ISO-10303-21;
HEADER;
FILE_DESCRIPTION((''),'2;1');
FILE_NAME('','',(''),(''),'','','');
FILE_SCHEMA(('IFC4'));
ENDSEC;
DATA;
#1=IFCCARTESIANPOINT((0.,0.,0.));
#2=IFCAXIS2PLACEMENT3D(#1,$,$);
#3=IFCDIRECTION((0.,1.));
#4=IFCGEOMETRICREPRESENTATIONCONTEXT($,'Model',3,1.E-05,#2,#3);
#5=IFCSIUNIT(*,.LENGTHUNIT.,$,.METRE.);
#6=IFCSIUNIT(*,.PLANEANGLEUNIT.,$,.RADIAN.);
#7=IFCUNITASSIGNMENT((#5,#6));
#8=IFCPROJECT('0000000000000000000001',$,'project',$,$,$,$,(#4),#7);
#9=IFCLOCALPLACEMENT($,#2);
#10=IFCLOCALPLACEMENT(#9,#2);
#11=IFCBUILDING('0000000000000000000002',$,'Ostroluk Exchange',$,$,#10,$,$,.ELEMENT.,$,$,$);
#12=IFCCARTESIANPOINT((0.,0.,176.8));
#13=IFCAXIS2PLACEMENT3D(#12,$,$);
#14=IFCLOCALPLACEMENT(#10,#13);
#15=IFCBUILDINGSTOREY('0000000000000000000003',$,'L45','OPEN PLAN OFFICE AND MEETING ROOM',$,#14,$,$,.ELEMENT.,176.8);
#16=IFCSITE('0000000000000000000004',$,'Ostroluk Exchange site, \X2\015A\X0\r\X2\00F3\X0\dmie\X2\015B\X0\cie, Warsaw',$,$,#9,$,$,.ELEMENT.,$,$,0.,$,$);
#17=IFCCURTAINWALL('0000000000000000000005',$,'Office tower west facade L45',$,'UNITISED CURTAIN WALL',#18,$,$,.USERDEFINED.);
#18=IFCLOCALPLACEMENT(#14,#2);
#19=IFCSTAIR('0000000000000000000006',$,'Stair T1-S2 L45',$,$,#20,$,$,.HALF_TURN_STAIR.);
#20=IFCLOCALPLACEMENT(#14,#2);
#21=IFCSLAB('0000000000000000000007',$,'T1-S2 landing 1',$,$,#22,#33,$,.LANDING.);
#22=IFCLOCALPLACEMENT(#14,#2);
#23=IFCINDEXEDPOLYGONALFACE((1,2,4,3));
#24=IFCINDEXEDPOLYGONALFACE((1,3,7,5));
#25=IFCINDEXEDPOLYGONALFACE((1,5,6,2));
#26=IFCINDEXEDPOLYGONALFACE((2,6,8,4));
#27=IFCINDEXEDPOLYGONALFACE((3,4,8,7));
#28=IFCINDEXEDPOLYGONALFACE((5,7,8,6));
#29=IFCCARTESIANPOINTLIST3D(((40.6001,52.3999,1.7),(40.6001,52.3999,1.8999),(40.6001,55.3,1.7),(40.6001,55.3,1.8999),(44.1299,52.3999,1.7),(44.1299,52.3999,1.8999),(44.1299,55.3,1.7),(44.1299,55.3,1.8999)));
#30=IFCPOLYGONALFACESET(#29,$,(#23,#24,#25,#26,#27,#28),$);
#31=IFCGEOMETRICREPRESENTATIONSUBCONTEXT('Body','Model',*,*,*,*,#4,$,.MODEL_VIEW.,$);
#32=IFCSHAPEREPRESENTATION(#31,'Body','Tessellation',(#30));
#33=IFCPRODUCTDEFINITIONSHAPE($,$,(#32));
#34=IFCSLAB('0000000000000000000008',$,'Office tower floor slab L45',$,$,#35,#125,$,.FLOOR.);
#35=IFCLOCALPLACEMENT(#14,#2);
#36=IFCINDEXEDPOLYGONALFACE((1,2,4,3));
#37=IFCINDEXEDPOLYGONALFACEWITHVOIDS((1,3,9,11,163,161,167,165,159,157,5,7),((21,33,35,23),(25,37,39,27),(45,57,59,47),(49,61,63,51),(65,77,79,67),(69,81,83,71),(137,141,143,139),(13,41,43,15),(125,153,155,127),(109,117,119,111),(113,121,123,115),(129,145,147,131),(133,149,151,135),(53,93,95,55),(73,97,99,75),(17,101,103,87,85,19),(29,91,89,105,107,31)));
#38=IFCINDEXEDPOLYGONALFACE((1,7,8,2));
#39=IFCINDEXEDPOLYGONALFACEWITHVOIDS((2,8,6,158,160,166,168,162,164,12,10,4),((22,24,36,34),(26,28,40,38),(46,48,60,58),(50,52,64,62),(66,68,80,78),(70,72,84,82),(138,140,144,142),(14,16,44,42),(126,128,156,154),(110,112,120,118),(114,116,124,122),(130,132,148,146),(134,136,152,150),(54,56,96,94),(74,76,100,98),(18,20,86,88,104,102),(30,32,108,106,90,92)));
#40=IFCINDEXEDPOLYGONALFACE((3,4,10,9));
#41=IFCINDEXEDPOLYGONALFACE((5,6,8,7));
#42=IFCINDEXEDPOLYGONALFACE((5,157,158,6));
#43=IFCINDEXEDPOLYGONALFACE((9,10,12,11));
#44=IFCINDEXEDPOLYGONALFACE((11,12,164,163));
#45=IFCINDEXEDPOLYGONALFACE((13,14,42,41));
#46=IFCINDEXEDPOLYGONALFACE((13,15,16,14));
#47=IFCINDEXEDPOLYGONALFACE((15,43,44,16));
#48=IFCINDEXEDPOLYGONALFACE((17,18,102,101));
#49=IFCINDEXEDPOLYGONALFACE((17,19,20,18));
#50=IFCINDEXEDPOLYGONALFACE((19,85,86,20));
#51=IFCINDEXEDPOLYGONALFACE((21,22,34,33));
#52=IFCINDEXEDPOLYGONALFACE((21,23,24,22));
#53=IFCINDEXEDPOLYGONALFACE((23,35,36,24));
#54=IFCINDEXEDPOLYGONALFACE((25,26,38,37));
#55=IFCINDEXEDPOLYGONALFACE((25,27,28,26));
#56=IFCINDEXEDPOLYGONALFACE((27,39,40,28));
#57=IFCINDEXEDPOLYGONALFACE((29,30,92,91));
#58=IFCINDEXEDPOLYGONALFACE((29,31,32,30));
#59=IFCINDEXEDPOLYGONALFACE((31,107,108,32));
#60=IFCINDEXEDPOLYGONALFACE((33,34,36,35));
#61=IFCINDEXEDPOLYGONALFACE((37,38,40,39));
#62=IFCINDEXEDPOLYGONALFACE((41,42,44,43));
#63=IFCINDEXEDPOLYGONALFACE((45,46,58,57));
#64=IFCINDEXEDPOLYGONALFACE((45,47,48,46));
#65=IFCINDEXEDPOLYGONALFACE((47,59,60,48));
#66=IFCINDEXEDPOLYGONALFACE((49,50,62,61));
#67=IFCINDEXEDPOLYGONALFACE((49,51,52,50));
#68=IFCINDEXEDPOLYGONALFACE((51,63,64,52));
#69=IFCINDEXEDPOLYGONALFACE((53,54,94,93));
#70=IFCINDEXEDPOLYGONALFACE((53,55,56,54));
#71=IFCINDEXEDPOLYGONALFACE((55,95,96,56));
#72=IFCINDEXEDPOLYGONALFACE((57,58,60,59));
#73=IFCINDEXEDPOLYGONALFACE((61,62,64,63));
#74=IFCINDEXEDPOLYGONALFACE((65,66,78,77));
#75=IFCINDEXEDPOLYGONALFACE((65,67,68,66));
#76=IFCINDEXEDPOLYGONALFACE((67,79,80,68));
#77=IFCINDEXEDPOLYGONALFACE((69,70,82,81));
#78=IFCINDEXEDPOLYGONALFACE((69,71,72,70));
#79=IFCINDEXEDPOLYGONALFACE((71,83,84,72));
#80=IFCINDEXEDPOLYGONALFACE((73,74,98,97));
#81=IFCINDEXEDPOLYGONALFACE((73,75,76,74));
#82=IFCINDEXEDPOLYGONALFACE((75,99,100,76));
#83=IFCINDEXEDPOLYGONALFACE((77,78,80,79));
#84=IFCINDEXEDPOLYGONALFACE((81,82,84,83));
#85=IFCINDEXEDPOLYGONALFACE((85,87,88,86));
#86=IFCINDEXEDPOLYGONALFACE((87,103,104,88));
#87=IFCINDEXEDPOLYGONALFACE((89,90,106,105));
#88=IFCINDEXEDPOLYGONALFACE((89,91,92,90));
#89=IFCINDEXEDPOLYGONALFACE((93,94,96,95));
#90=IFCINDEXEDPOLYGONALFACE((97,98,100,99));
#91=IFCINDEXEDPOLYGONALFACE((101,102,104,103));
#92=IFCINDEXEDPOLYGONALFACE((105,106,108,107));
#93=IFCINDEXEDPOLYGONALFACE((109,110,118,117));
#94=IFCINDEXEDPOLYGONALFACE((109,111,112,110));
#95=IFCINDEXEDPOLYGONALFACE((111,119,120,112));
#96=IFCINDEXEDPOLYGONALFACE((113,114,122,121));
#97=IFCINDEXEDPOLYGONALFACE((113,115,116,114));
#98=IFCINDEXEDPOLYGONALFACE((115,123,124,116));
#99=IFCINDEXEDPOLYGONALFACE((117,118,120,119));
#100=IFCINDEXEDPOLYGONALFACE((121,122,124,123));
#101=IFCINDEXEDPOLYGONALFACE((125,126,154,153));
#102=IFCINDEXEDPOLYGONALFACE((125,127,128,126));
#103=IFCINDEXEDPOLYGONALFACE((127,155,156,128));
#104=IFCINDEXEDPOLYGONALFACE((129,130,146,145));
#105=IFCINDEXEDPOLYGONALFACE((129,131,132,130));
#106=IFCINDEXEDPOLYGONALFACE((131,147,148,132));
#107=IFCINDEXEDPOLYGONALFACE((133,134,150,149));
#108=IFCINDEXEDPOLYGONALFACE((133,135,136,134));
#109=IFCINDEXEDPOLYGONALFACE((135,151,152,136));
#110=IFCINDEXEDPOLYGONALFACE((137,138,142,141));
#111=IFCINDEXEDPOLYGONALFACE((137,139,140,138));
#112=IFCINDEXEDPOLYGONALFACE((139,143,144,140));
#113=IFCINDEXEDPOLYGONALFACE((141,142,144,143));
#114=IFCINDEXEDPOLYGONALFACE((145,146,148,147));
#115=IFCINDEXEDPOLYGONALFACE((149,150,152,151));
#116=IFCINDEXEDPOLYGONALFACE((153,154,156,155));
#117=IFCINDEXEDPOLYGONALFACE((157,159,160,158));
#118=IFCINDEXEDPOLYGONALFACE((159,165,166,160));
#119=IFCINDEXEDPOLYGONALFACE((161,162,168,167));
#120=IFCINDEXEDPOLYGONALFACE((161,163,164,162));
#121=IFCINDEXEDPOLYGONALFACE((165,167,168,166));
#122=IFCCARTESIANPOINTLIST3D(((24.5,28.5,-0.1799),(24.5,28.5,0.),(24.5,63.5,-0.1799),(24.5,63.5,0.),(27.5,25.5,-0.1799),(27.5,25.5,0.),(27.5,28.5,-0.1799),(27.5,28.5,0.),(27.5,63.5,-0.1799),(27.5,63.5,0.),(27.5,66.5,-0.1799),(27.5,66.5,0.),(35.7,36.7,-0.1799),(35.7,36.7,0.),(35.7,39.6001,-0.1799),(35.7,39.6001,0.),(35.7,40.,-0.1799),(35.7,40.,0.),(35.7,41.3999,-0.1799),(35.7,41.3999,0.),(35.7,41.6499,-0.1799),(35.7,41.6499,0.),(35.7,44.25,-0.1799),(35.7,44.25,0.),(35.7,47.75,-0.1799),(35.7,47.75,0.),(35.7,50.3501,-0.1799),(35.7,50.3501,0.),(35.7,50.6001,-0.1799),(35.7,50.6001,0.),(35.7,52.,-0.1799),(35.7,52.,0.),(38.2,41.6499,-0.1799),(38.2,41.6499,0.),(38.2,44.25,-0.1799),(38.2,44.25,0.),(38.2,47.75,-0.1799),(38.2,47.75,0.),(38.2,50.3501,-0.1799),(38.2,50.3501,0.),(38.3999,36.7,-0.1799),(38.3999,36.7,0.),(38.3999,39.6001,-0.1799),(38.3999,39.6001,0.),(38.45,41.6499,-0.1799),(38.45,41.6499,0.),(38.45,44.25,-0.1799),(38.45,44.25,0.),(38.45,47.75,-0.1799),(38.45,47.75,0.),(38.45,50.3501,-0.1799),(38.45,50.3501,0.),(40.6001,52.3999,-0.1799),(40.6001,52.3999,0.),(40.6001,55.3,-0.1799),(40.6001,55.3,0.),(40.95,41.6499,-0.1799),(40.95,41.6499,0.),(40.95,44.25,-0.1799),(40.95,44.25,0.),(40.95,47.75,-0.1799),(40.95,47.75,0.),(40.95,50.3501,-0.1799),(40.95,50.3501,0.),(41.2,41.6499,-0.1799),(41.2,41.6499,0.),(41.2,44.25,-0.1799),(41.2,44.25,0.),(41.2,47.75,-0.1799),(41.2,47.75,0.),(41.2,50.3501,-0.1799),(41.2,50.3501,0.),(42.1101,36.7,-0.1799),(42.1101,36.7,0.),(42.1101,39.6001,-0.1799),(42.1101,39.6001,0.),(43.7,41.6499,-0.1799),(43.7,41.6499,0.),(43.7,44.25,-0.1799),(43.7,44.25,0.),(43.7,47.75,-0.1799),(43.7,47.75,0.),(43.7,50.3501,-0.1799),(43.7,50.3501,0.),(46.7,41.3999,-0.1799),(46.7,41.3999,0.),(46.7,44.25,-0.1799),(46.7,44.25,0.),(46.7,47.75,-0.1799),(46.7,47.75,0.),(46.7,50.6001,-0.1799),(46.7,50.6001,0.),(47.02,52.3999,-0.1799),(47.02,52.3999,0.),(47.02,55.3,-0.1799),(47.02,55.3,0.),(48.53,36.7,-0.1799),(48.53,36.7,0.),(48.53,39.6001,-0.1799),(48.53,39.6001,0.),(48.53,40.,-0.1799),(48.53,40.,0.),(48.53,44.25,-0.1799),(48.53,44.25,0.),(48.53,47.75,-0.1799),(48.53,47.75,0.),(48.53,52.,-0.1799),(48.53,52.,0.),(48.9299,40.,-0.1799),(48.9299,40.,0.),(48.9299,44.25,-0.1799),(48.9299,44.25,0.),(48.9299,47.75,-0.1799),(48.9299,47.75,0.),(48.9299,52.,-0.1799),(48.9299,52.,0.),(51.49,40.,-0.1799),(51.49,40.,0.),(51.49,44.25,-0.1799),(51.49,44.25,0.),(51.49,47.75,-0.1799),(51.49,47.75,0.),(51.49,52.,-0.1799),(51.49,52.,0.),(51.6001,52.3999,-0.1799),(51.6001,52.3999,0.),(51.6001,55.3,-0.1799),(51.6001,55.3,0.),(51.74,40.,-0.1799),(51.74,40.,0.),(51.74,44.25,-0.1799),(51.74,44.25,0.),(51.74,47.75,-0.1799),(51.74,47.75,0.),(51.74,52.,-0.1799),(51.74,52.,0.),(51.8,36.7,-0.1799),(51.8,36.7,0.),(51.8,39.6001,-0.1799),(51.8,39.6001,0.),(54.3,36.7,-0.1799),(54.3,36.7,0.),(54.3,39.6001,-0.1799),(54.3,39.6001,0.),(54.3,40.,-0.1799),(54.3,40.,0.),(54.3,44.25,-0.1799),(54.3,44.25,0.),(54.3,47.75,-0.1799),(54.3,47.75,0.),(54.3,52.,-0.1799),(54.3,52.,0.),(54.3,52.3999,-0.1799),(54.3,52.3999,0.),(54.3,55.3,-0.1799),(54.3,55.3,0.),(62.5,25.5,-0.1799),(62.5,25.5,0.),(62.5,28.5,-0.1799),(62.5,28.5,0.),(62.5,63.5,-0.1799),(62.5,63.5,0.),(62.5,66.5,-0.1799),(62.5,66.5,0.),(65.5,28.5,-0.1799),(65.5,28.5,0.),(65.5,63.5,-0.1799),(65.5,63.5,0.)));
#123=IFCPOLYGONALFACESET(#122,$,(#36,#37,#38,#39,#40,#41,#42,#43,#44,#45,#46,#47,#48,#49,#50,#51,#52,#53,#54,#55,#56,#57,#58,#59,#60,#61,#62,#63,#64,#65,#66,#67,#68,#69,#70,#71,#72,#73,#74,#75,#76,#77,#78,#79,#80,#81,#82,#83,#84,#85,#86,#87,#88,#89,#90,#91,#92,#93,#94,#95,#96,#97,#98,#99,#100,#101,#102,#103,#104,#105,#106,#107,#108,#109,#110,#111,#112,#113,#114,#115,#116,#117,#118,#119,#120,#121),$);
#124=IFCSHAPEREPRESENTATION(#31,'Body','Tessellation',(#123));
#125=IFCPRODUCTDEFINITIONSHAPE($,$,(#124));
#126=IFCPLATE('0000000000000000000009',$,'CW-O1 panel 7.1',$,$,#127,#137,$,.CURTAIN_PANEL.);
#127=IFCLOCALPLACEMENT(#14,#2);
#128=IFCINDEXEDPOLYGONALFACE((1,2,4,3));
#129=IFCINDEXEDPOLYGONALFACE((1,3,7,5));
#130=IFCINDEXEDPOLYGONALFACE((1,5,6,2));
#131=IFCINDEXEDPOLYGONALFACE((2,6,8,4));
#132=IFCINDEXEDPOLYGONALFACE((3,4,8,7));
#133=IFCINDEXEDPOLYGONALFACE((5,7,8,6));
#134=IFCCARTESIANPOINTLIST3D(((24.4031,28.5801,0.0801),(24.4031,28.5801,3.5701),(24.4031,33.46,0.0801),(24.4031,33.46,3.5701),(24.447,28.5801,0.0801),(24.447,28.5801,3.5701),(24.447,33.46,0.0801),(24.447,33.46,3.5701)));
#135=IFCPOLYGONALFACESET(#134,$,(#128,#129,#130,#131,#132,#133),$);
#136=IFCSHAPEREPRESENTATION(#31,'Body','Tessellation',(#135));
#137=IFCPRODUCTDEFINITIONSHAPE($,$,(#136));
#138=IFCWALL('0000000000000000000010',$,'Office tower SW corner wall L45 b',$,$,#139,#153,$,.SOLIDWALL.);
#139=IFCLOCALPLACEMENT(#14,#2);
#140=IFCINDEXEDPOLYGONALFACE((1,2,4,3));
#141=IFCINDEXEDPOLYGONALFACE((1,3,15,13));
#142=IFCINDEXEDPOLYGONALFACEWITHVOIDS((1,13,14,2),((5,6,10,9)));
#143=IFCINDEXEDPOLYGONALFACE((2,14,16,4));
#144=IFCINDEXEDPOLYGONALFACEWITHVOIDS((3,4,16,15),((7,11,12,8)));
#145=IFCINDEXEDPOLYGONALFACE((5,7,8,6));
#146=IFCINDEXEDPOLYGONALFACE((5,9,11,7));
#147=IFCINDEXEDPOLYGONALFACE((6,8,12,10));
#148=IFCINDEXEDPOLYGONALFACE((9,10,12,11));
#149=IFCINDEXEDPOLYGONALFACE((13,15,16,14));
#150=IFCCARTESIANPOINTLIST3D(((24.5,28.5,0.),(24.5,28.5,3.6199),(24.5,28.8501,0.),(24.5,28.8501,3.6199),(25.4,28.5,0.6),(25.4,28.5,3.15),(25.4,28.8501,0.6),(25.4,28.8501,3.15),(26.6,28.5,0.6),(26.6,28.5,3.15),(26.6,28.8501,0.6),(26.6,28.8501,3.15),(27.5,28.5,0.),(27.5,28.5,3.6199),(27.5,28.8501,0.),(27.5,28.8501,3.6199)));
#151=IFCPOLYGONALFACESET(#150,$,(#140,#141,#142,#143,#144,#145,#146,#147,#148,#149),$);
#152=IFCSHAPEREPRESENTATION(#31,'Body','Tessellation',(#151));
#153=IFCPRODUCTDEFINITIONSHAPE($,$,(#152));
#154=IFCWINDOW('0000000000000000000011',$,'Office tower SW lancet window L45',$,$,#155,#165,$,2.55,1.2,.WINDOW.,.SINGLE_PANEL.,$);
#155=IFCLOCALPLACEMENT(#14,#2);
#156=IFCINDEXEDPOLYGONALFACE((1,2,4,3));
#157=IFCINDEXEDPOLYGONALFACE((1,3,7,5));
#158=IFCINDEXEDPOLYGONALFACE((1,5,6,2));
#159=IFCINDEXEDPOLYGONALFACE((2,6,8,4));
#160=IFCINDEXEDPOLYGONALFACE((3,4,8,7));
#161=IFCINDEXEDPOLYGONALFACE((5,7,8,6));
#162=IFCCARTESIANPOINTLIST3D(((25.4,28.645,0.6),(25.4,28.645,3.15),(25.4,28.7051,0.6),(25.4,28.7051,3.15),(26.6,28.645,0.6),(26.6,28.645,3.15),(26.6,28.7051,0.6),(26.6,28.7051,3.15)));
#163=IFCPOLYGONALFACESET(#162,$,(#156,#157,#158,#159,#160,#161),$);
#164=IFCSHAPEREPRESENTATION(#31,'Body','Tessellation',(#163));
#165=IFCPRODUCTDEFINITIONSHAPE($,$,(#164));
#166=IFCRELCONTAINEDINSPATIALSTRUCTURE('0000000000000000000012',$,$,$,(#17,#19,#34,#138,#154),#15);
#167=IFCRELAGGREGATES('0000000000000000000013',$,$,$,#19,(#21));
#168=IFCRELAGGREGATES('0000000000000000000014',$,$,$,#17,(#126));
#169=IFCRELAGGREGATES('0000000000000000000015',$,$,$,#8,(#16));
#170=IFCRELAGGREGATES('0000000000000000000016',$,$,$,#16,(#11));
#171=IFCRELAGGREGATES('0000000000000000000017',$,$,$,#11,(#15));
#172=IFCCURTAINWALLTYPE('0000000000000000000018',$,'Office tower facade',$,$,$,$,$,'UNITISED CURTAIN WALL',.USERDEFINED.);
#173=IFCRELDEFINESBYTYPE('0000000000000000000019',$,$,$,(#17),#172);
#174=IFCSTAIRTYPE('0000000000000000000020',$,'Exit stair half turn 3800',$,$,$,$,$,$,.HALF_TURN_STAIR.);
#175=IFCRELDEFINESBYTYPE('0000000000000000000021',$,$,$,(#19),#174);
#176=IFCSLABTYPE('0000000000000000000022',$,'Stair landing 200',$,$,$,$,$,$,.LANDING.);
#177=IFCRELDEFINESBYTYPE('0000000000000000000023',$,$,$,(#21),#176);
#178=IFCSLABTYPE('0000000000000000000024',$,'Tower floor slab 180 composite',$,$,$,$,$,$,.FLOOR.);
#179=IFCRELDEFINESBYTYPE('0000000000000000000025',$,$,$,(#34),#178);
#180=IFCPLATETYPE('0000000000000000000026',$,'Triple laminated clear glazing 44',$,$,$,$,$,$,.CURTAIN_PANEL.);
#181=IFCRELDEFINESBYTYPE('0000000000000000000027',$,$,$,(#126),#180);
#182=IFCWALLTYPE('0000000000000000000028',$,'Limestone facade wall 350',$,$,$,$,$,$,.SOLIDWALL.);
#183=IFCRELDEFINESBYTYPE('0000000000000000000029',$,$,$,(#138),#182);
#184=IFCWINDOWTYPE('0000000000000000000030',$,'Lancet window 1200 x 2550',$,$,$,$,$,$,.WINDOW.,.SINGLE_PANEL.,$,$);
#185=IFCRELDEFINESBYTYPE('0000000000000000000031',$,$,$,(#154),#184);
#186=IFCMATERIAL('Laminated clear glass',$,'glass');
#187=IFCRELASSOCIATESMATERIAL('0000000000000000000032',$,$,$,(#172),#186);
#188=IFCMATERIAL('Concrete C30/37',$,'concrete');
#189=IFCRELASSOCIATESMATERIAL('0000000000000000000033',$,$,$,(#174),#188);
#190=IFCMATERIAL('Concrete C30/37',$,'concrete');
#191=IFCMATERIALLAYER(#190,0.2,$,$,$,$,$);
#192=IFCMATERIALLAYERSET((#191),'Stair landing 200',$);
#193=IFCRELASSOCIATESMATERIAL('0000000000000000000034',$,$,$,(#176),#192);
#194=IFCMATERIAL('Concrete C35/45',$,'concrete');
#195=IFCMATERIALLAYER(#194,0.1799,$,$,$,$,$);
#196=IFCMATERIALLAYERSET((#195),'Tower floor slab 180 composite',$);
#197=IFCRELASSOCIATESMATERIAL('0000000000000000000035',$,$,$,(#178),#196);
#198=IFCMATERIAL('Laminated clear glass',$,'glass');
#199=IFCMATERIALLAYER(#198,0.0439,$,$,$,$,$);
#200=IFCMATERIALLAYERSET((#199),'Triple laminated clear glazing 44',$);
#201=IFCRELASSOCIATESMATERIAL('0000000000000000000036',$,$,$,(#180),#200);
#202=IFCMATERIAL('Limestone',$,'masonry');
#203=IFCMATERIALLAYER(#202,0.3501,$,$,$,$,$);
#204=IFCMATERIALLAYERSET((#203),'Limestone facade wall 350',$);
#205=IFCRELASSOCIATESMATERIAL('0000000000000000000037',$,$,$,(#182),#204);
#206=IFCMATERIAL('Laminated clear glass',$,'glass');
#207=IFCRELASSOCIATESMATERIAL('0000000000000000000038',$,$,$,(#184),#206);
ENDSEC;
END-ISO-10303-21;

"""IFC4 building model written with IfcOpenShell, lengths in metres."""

from ifc_helpers import new_model, si_unit, direction, frame, frame_2d, origin, origin_2d, place, context, subcontext, project, spatial, polyline, rectangle, outline, extrude, material, layer, layer_set, type_object, element, fill, aggregate, save


model = new_model("IFC4")

# Units and contexts
model_context = context("Model", 3, precision=1e-05, world=origin(), true_north=direction((0.0, 1.0)))
body_context = subcontext(model_context, "Body", "Model", "MODEL_VIEW")
ifc_project = project(units=[si_unit("LENGTHUNIT", "METRE"), si_unit("PLANEANGLEUNIT", "RADIAN")], contexts=[model_context])

# Site, building, storey
site_placement = place(None, origin())
site = spatial("IfcSite", under=ifc_project, at=site_placement, Name="Ostroluk Exchange site, Śródmieście, Warsaw", CompositionType="ELEMENT", RefElevation=0.0)
building_placement = place(site_placement, origin())
building = spatial("IfcBuilding", under=site, at=building_placement, Name="Ostroluk Exchange", CompositionType="ELEMENT")
storey_placement = place(building_placement, frame((0.0, 0.0, 176.8)))
storey = spatial("IfcBuildingStorey", under=building, at=storey_placement, Name="L45", Description="OPEN PLAN OFFICE AND MEETING ROOM", CompositionType="ELEMENT", Elevation=176.8)

# Shared definitions
ifc_material_1 = material(Name="Laminated clear glass", Category="glass")
curtain_wall_type = type_object("IfcCurtainWallType", Name="Office tower facade", ElementType="UNITISED CURTAIN WALL", PredefinedType="USERDEFINED", material=ifc_material_1)

# Curtain wall
curtain_wall_1_placement = place(storey_placement, origin())
curtain_wall_1 = element("IfcCurtainWall", 1, at=curtain_wall_1_placement, inside=storey, type_object=curtain_wall_type, Name="Office tower west facade L45", ObjectType="UNITISED CURTAIN WALL", PredefinedType="USERDEFINED")

# Stair, slab
ifc_material_2 = material(Name="Concrete C30/37", Category="concrete")
stair_type = type_object("IfcStairType", Name="Exit stair half turn 3800", PredefinedType="HALF_TURN_STAIR", material=ifc_material_2)
ifc_material_3 = material(Name="Concrete C30/37", Category="concrete")
ifc_layer_1 = layer(ifc_material_3, 0.2)
ifc_layer_set_1 = layer_set([ifc_layer_1], Name="Stair landing 200")
slab_type_1 = type_object("IfcSlabType", Name="Stair landing 200", PredefinedType="LANDING", material=ifc_layer_set_1)
stair_1_placement = place(storey_placement, origin())
stair_1 = element("IfcStair", 2, at=stair_1_placement, inside=storey, type_object=stair_type, Name="Stair T1-S2 L45", PredefinedType="HALF_TURN_STAIR")
slab_1_placement = place(storey_placement, frame((0.0, 0.0, 1.7)))
slab_1 = element("IfcSlab", 3, at=slab_1_placement, type_object=slab_type_1, Name="T1-S2 landing 1", PredefinedType="LANDING", context=body_context, shape_type="SweptSolid", body=[
    extrude(outline(polyline([(44.1299, 52.3999), (44.1299, 55.3), (40.6001, 55.3), (40.6001, 52.3999), (44.1299, 52.3999)])), origin(), (0.0, 0.0, 1.0), 0.2),
])
aggregate(stair_1, [slab_1])

# Slab
ifc_material_4 = material(Name="Concrete C35/45", Category="concrete")
ifc_layer_2 = layer(ifc_material_4, 0.1799)
ifc_layer_set_2 = layer_set([ifc_layer_2], Name="Tower floor slab 180 composite")
slab_type_2 = type_object("IfcSlabType", Name="Tower floor slab 180 composite", PredefinedType="FLOOR", material=ifc_layer_set_2)
slab_2_placement = place(storey_placement, frame((0.0, 0.0, -0.1799)))
element("IfcSlab", 4, at=slab_2_placement, inside=storey, type_object=slab_type_2, Name="Office tower floor slab L45", PredefinedType="FLOOR", context=body_context, shape_type="SweptSolid", body=[
    extrude(outline(polyline([(27.5, 25.5), (62.5, 25.5), (62.5, 28.5), (65.5, 28.5), (65.5, 63.5), (62.5, 63.5), (62.5, 66.5), (27.5, 66.5), (27.5, 63.5), (24.5, 63.5), (24.5, 28.5), (27.5, 28.5), (27.5, 25.5)]), holes=[polyline([(35.7, 36.7), (38.3999, 36.7), (38.3999, 39.6001), (35.7, 39.6001), (35.7, 36.7)]), polyline([(42.1101, 36.7), (48.53, 36.7), (48.53, 39.6001), (42.1101, 39.6001), (42.1101, 36.7)]), polyline([(51.8, 36.7), (54.3, 36.7), (54.3, 39.6001), (51.8, 39.6001), (51.8, 36.7)]), polyline([(40.6001, 52.3999), (47.02, 52.3999), (47.02, 55.3), (40.6001, 55.3), (40.6001, 52.3999)]), polyline([(51.6001, 52.3999), (54.3, 52.3999), (54.3, 55.3), (51.6001, 55.3), (51.6001, 52.3999)]), polyline([(35.7, 47.75), (38.2, 47.75), (38.2, 50.3501), (35.7, 50.3501), (35.7, 47.75)]), polyline([(38.45, 47.75), (40.95, 47.75), (40.95, 50.3501), (38.45, 50.3501), (38.45, 47.75)]), polyline([(41.2, 47.75), (43.7, 47.75), (43.7, 50.3501), (41.2, 50.3501), (41.2, 47.75)]), polyline([(35.7, 41.6499), (38.2, 41.6499), (38.2, 44.25), (35.7, 44.25), (35.7, 41.6499)]), polyline([(38.45, 41.6499), (40.95, 41.6499), (40.95, 44.25), (38.45, 44.25), (38.45, 41.6499)]), polyline([(41.2, 41.6499), (43.7, 41.6499), (43.7, 44.25), (41.2, 44.25), (41.2, 41.6499)]), polyline([(48.9299, 47.75), (51.49, 47.75), (51.49, 52.0), (48.9299, 52.0), (48.9299, 47.75)]), polyline([(51.74, 47.75), (54.3, 47.75), (54.3, 52.0), (51.74, 52.0), (51.74, 47.75)]), polyline([(48.9299, 40.0), (51.49, 40.0), (51.49, 44.25), (48.9299, 44.25), (48.9299, 40.0)]), polyline([(51.74, 40.0), (54.3, 40.0), (54.3, 44.25), (51.74, 44.25), (51.74, 40.0)]), polyline([(48.53, 52.0), (48.53, 47.75), (46.7, 47.75), (46.7, 50.6001), (35.7, 50.6001), (35.7, 52.0), (48.53, 52.0)]), polyline([(35.7, 40.0), (35.7, 41.3999), (46.7, 41.3999), (46.7, 44.25), (48.53, 44.25), (48.53, 40.0), (35.7, 40.0)])]), origin(), (0.0, 0.0, 1.0), 0.1799),
])

# Plate
ifc_material_5 = material(Name="Laminated clear glass", Category="glass")
ifc_layer_3 = layer(ifc_material_5, 0.0439)
ifc_layer_set_3 = layer_set([ifc_layer_3], Name="Triple laminated clear glazing 44")
plate_type_1 = type_object("IfcPlateType", Name="Triple laminated clear glazing 44", PredefinedType="CURTAIN_PANEL", material=ifc_layer_set_3)
plate_1_placement = place(storey_placement, frame((24.425, 31.02, 0.0801), z_axis=(0.0, 0.0, 1.0), x_axis=(0.0, -1.0, 0.0)))
plate_1 = element("IfcPlate", 5, at=plate_1_placement, type_object=plate_type_1, Name="CW-O1 panel 7.1", PredefinedType="CURTAIN_PANEL", context=body_context, shape_type="SweptSolid", body=[
    extrude(rectangle(XDim=4.8799, YDim=0.0439, at=origin_2d()), origin(), (0.0, 0.0, 1.0), 3.49),
])
aggregate(curtain_wall_1, [plate_1])

# Shared definitions
ifc_material_6 = material(Name="Limestone", Category="masonry")
ifc_layer_4 = layer(ifc_material_6, 0.3501)
ifc_layer_set_4 = layer_set([ifc_layer_4], Name="Limestone facade wall 350")
wall_type = type_object("IfcWallType", Name="Limestone facade wall 350", PredefinedType="SOLIDWALL", material=ifc_layer_set_4)

# Wall, opening, window
wall_1_placement = place(storey_placement, frame((27.5, 28.675, 0.0), z_axis=(0.0, 0.0, 1.0), x_axis=(-1.0, 0.0, 0.0)))
wall_1 = element("IfcWall", 6, at=wall_1_placement, inside=storey, type_object=wall_type, Name="Office tower SW corner wall L45 b", PredefinedType="SOLIDWALL", context=body_context, shape_type="SweptSolid", body=[
    extrude(rectangle(XDim=3.0, YDim=0.3501, at=frame_2d((1.5, 0.0))), origin(), (0.0, 0.0, 1.0), 3.6199),
])
opening_1_placement = place(wall_1_placement, frame((0.8999, 0.0, 0.6001)))
opening_1 = element("IfcOpeningElement", 7, at=opening_1_placement, cuts=wall_1, PredefinedType="OPENING", context=body_context, shape_type="SweptSolid", body=[
    extrude(rectangle(XDim=1.2, YDim=2.55, at=frame_2d((0.6001, 1.2749))), frame((0.0, 0.1851, 0.0), z_axis=(0.0, -1.0, 0.0), x_axis=(1.0, 0.0, 0.0)), (0.0, 0.0, 1.0), 0.3701),
])
ifc_material_7 = material(Name="Laminated clear glass", Category="glass")
window_type = type_object("IfcWindowType", Name="Lancet window 1200 x 2550", PartitioningType="SINGLE_PANEL", PredefinedType="WINDOW", material=ifc_material_7)
window_placement = place(opening_1_placement, origin())
window = element("IfcWindow", 8, at=window_placement, inside=storey, type_object=window_type, Name="Office tower SW lancet window L45", OverallHeight=2.55, OverallWidth=1.2, PartitioningType="SINGLE_PANEL", PredefinedType="WINDOW", context=body_context, shape_type="SweptSolid", body=[
    extrude(rectangle(XDim=1.2, YDim=2.55, at=frame_2d((0.6001, 1.2749))), frame((0.0, 0.03, 0.0), z_axis=(0.0, -1.0, 0.0), x_axis=(1.0, 0.0, 0.0)), (0.0, 0.0, 1.0), 0.0601),
])
fill(opening_1, window)

save(model, "model.ifc")
